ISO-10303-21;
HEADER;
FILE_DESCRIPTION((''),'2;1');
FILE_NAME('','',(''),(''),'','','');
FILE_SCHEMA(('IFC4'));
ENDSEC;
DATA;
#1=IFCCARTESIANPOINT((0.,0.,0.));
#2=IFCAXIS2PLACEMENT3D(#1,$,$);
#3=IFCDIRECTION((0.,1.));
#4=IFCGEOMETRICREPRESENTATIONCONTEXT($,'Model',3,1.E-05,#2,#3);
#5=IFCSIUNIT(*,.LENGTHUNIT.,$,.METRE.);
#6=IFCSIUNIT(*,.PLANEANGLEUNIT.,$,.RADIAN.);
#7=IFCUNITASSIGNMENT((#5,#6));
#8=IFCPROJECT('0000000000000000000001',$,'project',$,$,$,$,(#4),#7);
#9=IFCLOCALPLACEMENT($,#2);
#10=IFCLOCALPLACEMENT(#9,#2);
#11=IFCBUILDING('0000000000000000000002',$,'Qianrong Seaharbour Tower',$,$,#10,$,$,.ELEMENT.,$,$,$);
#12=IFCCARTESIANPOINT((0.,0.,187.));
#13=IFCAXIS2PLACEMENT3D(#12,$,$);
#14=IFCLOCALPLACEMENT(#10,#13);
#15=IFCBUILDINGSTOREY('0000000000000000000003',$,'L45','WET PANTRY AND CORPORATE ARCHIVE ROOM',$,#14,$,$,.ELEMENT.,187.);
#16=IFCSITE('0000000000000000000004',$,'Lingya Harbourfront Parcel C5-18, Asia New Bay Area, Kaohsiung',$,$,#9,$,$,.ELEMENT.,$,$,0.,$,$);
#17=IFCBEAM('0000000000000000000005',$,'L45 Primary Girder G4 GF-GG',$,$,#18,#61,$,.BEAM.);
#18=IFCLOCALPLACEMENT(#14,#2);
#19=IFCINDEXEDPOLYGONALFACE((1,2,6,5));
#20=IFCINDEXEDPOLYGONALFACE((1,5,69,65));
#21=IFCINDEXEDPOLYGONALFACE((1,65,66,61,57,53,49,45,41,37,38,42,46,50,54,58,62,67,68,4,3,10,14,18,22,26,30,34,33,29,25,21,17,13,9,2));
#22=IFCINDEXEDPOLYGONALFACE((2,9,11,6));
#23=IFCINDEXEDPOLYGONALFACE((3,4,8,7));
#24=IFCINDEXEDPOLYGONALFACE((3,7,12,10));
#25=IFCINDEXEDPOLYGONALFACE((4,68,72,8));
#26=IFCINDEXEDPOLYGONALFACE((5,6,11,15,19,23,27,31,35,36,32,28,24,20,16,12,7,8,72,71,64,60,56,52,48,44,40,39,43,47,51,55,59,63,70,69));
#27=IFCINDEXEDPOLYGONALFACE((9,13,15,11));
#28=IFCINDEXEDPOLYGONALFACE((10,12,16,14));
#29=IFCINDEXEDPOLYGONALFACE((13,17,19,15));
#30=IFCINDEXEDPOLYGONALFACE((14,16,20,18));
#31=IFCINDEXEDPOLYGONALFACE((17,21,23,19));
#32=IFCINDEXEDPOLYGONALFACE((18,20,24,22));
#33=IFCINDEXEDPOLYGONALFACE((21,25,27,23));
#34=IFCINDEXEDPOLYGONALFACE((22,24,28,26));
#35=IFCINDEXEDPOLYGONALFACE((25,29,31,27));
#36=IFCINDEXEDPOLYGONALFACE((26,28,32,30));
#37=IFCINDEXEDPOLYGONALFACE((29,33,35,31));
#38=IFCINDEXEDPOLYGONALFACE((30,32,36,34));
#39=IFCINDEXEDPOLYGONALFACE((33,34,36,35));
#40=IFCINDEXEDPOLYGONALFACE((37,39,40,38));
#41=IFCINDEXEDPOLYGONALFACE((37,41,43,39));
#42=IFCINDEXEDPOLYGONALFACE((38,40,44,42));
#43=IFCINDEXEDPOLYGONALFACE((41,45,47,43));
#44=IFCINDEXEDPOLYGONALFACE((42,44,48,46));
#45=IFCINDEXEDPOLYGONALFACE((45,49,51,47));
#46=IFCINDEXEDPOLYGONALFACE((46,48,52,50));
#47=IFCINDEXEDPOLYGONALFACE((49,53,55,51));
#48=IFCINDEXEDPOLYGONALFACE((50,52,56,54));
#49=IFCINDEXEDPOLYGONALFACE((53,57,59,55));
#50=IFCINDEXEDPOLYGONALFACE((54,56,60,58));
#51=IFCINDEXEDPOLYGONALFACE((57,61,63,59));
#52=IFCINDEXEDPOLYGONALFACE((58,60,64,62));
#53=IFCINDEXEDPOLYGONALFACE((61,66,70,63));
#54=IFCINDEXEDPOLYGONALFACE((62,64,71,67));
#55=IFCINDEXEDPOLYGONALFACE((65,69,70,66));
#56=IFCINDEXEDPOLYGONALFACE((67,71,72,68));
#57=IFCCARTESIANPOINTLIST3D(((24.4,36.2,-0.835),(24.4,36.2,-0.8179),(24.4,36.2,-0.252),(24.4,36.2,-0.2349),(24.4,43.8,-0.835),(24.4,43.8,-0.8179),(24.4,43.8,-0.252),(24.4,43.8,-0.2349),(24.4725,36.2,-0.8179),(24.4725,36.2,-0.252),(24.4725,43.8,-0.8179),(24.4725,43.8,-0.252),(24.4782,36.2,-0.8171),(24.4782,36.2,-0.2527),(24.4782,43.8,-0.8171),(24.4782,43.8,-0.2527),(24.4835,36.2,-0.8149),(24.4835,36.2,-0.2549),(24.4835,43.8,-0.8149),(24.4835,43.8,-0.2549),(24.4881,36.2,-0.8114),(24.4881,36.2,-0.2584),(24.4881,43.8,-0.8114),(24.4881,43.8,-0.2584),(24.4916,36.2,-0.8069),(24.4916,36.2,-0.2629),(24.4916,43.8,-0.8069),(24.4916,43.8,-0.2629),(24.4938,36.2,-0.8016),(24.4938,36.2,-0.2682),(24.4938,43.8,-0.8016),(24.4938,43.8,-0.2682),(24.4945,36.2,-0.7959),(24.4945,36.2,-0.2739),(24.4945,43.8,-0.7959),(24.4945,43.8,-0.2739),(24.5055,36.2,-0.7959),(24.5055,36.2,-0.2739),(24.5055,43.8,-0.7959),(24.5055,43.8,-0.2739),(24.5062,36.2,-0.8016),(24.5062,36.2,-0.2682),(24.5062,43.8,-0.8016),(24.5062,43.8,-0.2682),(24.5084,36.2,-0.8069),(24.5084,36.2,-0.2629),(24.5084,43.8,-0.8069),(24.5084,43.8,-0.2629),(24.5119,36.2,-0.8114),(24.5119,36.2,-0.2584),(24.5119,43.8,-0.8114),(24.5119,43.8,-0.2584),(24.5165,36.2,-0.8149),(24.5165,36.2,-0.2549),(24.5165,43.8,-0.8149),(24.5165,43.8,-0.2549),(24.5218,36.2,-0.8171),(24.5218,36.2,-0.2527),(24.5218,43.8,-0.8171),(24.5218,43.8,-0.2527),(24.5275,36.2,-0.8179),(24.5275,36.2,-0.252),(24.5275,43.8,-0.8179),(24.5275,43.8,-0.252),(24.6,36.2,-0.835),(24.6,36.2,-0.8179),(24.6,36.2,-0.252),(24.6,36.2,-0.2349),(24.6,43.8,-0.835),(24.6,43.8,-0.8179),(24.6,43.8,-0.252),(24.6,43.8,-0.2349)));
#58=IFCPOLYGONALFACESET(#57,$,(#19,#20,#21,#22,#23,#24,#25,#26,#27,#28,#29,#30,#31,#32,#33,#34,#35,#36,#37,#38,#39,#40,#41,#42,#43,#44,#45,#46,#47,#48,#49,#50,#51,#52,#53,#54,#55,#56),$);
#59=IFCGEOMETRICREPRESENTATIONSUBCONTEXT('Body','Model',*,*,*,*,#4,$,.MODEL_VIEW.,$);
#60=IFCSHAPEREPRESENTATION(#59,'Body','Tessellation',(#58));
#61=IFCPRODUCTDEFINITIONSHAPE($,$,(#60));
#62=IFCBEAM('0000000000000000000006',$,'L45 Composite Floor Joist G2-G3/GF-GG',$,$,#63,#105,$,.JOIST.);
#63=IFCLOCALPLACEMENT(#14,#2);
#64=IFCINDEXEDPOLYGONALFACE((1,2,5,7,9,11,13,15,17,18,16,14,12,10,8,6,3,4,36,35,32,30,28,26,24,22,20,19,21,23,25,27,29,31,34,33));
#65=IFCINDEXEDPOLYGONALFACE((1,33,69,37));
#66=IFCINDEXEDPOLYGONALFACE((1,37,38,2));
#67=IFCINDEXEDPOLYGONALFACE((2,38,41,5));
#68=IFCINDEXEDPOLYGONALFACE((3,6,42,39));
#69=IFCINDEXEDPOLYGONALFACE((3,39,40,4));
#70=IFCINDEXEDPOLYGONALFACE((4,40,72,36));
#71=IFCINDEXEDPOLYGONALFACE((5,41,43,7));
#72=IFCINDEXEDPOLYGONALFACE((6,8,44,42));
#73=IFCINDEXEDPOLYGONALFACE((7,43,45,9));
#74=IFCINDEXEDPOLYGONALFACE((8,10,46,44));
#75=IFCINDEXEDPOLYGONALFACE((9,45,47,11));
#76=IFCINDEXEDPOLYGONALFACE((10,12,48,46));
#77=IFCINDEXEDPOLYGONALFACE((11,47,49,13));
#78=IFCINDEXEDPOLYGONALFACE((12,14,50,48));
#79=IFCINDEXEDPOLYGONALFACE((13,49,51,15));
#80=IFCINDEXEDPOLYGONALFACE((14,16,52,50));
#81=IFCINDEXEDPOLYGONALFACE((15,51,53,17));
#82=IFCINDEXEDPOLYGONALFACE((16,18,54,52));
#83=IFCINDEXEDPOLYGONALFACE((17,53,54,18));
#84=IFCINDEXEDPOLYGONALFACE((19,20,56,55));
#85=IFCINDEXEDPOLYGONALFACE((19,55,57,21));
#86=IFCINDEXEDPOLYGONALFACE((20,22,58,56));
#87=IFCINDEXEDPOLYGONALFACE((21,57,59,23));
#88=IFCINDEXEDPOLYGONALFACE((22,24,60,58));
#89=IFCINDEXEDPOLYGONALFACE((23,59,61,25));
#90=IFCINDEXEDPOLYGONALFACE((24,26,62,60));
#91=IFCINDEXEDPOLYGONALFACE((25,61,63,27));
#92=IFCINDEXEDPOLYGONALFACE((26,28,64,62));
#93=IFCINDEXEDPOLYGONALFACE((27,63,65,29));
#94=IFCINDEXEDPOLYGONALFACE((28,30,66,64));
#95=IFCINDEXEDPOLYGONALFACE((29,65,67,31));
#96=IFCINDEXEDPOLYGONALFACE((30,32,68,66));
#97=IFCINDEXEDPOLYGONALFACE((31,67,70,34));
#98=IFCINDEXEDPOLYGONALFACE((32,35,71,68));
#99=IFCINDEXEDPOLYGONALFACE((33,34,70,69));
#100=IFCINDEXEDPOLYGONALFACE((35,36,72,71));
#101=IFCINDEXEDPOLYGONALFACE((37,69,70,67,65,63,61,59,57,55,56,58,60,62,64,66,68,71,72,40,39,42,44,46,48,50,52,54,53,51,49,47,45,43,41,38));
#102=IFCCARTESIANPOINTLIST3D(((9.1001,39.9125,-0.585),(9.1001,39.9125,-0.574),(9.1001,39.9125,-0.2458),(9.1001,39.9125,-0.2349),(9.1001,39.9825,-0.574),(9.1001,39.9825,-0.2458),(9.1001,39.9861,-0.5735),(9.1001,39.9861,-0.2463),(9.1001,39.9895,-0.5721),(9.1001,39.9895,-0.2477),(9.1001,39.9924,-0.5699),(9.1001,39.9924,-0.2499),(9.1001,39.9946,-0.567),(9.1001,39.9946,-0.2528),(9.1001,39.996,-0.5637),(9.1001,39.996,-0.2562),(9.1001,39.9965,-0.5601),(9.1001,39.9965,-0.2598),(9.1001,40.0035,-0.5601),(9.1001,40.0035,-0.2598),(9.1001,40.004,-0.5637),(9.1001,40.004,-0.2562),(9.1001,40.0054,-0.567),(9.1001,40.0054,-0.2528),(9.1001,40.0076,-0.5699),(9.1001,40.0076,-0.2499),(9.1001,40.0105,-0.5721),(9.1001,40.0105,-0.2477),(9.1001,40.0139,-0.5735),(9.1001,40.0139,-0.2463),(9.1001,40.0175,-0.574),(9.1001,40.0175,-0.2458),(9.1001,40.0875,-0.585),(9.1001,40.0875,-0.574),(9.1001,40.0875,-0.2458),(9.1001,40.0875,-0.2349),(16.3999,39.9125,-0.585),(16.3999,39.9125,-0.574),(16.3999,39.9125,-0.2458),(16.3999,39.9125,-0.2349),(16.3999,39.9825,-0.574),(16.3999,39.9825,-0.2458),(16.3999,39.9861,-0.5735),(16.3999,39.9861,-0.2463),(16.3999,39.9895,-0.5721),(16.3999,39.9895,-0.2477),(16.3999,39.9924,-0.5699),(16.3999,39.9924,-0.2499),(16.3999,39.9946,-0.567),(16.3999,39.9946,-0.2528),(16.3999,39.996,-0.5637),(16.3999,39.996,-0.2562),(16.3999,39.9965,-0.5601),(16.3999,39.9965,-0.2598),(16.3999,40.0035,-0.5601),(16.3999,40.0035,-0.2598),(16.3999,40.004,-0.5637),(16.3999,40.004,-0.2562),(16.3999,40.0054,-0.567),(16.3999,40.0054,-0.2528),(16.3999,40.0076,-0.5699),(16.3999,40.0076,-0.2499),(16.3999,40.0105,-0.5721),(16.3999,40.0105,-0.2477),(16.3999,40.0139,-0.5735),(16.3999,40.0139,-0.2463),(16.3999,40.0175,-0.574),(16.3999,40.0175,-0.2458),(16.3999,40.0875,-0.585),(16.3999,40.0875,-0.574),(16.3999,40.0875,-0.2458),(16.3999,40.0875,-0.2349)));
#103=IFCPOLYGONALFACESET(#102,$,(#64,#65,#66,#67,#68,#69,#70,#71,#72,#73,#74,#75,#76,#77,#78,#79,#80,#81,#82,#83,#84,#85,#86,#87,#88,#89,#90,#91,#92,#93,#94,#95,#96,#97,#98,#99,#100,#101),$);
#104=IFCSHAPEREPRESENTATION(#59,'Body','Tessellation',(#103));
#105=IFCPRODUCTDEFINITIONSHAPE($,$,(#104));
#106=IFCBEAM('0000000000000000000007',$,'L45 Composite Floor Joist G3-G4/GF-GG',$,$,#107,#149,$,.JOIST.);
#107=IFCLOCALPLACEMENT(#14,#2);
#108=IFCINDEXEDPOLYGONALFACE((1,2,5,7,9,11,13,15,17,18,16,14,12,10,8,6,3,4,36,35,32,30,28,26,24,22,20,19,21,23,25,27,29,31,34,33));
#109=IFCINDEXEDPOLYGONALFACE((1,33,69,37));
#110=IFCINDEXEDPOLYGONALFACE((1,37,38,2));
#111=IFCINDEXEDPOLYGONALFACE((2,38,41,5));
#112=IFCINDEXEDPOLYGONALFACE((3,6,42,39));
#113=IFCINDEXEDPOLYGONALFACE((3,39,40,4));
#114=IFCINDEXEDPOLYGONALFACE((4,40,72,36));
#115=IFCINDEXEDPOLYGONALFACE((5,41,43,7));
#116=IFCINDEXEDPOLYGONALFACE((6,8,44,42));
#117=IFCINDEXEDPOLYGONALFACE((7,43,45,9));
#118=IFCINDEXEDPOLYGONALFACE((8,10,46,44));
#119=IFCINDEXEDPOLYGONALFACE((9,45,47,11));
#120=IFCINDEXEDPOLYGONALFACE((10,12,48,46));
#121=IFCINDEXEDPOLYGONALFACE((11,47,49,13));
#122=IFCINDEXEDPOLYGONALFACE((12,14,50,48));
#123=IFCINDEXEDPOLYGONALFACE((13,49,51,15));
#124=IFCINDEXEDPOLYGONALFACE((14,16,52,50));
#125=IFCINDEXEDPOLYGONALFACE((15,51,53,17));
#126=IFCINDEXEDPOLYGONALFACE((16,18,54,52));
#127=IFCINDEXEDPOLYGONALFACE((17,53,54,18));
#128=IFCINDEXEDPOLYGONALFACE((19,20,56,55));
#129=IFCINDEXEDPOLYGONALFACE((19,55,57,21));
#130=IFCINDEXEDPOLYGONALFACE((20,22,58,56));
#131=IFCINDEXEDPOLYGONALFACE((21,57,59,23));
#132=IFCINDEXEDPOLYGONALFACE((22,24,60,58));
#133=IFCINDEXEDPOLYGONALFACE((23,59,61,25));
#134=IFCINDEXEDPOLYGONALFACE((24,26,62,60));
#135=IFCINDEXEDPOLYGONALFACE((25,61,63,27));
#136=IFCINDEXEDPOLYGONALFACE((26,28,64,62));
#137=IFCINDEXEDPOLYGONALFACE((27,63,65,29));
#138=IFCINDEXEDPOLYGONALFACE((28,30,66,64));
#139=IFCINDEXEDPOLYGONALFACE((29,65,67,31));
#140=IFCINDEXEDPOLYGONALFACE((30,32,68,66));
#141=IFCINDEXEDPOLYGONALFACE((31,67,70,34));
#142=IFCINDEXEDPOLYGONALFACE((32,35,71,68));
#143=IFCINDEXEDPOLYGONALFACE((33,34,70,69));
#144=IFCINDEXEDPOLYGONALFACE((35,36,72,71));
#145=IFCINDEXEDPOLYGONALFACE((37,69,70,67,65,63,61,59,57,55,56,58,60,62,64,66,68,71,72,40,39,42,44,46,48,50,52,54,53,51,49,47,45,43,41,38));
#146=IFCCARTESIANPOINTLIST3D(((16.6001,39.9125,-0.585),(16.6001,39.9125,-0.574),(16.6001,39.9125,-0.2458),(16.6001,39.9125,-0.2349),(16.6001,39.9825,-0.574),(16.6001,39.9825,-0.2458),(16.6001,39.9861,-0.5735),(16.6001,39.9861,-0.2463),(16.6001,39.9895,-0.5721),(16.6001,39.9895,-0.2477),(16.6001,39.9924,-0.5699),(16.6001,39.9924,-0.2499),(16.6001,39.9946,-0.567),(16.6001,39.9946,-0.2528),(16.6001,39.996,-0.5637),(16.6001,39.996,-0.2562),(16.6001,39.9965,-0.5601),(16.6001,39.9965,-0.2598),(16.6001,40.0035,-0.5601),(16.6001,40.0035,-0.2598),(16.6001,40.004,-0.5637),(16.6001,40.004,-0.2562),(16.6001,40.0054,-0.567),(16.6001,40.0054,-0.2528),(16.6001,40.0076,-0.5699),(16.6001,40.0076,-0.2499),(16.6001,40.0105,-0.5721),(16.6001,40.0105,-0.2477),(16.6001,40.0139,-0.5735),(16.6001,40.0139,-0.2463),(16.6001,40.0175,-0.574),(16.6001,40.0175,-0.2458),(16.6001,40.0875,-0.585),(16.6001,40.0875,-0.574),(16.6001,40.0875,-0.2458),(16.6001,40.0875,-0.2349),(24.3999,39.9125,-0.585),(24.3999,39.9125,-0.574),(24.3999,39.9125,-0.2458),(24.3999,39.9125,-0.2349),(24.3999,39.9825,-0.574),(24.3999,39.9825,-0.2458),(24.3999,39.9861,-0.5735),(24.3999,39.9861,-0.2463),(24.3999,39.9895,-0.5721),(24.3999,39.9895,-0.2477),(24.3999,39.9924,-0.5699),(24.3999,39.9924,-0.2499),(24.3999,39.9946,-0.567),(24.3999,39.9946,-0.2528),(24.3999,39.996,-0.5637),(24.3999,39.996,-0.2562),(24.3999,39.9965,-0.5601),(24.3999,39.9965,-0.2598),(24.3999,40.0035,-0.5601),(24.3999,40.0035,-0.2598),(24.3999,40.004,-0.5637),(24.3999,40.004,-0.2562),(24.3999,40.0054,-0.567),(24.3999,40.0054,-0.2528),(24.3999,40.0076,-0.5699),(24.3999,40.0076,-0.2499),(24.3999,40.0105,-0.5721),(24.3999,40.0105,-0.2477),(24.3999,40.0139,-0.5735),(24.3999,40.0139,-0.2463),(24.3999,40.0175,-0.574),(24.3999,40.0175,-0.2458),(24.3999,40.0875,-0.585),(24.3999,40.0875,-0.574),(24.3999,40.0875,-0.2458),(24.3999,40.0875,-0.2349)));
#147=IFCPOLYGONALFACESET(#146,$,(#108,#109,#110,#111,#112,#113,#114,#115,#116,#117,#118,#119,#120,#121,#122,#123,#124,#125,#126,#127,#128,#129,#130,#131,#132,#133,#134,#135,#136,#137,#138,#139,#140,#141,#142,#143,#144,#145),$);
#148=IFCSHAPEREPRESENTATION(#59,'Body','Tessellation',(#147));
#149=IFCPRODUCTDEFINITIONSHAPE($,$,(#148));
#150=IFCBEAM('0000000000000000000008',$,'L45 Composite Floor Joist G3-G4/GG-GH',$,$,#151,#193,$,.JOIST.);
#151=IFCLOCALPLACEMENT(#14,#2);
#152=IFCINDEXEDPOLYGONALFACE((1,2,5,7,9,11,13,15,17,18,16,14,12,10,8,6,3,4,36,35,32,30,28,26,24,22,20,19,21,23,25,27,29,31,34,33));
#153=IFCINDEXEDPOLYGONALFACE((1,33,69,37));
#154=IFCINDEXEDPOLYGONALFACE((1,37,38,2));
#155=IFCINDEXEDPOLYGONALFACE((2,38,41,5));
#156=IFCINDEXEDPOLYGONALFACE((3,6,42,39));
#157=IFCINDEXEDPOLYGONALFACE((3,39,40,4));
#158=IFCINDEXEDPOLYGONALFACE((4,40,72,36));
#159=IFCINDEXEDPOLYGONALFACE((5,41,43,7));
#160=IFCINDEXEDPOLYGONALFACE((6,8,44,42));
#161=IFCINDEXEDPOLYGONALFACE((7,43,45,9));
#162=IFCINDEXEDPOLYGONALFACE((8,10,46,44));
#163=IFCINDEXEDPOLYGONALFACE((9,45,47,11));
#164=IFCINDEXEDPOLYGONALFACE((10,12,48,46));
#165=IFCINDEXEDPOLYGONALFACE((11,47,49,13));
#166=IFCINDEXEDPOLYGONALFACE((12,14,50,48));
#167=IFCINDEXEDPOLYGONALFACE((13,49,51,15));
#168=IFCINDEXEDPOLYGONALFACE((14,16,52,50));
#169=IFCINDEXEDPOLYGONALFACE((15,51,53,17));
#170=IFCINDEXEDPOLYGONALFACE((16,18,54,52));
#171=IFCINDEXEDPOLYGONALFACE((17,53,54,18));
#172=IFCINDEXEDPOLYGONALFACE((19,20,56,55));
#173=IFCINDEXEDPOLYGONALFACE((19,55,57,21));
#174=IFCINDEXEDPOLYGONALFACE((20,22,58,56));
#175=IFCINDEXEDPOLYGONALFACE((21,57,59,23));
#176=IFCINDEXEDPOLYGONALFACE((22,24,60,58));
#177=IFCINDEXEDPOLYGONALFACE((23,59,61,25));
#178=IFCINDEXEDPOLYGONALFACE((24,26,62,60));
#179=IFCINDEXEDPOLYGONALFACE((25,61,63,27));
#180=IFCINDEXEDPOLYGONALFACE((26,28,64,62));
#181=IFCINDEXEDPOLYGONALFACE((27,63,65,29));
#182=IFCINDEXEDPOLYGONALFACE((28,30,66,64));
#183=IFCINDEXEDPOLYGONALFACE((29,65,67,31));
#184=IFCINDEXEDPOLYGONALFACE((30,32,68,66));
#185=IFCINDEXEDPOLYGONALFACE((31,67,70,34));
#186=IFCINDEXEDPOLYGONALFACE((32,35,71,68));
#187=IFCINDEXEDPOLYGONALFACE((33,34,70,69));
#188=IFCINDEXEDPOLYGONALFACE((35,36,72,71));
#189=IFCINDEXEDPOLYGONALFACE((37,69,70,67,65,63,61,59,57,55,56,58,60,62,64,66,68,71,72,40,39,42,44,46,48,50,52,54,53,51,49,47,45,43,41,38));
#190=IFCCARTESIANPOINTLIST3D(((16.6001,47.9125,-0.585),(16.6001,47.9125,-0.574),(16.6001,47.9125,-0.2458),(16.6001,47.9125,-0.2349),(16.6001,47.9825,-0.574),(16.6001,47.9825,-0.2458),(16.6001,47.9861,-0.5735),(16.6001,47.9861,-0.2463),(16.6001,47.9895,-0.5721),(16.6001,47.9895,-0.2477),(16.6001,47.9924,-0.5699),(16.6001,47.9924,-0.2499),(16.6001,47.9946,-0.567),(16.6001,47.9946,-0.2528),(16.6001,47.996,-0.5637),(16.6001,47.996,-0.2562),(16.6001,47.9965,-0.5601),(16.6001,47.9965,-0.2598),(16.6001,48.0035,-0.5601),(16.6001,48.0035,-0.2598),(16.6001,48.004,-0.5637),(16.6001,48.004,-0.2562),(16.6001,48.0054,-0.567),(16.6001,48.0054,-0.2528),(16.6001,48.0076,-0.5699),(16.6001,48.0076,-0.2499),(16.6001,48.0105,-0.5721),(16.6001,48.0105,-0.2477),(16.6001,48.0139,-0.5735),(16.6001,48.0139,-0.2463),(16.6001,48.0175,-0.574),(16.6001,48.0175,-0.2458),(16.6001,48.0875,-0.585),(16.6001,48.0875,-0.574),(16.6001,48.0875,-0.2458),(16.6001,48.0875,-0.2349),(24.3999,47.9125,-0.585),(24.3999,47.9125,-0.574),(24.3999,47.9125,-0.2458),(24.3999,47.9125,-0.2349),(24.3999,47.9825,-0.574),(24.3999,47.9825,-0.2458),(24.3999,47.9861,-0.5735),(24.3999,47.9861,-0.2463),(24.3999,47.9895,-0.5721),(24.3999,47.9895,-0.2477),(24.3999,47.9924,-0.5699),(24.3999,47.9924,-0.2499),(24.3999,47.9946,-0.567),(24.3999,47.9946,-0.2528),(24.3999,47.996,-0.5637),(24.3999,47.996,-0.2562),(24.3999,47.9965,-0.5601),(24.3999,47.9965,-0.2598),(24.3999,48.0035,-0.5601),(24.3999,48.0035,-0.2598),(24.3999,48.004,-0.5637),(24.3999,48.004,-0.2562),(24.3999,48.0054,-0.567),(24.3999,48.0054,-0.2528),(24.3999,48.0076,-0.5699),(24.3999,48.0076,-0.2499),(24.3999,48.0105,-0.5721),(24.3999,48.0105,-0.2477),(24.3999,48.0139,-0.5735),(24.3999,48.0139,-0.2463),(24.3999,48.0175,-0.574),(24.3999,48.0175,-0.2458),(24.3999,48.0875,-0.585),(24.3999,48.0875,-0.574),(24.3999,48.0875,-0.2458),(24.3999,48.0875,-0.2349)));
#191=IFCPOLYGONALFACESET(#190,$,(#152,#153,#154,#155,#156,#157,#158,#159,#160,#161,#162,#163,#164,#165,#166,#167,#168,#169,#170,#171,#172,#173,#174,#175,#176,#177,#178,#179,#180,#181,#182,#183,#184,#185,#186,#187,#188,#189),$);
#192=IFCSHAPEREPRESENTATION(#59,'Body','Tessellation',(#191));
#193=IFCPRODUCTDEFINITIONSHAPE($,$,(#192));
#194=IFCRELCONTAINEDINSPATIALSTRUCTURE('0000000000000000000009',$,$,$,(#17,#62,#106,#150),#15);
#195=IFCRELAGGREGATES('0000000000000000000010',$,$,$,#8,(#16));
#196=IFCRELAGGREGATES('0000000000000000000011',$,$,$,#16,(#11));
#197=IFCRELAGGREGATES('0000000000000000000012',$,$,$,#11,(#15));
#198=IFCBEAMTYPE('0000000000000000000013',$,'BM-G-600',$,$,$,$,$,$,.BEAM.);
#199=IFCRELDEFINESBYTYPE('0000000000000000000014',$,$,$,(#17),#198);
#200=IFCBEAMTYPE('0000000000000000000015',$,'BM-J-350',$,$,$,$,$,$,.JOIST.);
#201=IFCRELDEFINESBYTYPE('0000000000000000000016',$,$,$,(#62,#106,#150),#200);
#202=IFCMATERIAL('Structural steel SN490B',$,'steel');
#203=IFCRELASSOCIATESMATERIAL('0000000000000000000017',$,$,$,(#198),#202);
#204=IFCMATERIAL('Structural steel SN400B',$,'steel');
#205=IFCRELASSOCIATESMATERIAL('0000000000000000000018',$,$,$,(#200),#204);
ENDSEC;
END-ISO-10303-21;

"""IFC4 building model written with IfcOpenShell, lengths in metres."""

from ifc_helpers import new_model, si_unit, direction, frame, origin, origin_2d, place, context, subcontext, project, spatial, i_section, extrude, material, material_profile, profile_set, type_object, element, save


model = new_model("IFC4")

# Units and contexts
model_context = context("Model", 3, precision=1e-05, world=origin(), true_north=direction((0.0, 1.0)))
body_context = subcontext(model_context, "Body", "Model", "MODEL_VIEW")
ifc_project = project(units=[si_unit("LENGTHUNIT", "METRE"), si_unit("PLANEANGLEUNIT", "RADIAN")], contexts=[model_context])

# Site, building, storey
site_placement = place(None, origin())
site = spatial("IfcSite", under=ifc_project, at=site_placement, Name="Lingya Harbourfront Parcel C5-18, Asia New Bay Area, Kaohsiung", CompositionType="ELEMENT", RefElevation=0.0)
building_placement = place(site_placement, origin())
building = spatial("IfcBuilding", under=site, at=building_placement, Name="Qianrong Seaharbour Tower", CompositionType="ELEMENT")
storey_placement = place(building_placement, frame((0.0, 0.0, 187.0)))
storey = spatial("IfcBuildingStorey", under=building, at=storey_placement, Name="L45", Description="WET PANTRY AND CORPORATE ARCHIVE ROOM", CompositionType="ELEMENT", Elevation=187.0)

# Shared definitions
ifc_material_1 = material(Name="Structural steel SN490B", Category="steel")

# Beams
ifc_material_profile_1 = material_profile(ifc_material_1, i_section(OverallWidth=0.2, OverallDepth=0.6001, WebThickness=0.011, FlangeThickness=0.0171, FilletRadius=0.022, at=origin_2d()), Name="H600x200x11x17")
ifc_profile_set_1 = profile_set([ifc_material_profile_1], Name="Structural steel SN490B")
beam_type_1 = type_object("IfcBeamType", Name="BM-G-600", PredefinedType="BEAM", material=ifc_profile_set_1)
beam_1_placement = place(storey_placement, frame((24.5, 36.2, -0.5349), z_axis=(0.0, 1.0, 0.0), x_axis=(-1.0, 0.0, 0.0)))
element("IfcBeam", 1, at=beam_1_placement, inside=storey, type_object=beam_type_1, Name="L45 Primary Girder G4 GF-GG", PredefinedType="BEAM", context=body_context, shape_type="SweptSolid", body=[
    extrude(i_section(OverallWidth=0.2, OverallDepth=0.6001, WebThickness=0.011, FlangeThickness=0.0171, FilletRadius=0.022, at=origin_2d()), origin(), (0.0, 0.0, 1.0), 7.6001),
])
ifc_material_2 = material(Name="Structural steel SN400B", Category="steel")
ifc_material_profile_2 = material_profile(ifc_material_2, i_section(OverallWidth=0.175, OverallDepth=0.3501, WebThickness=0.0071, FlangeThickness=0.011, FilletRadius=0.0139, at=origin_2d()), Name="H350x175x7x11")
ifc_profile_set_2 = profile_set([ifc_material_profile_2], Name="Structural steel SN400B")
beam_type_2 = type_object("IfcBeamType", Name="BM-J-350", PredefinedType="JOIST", material=ifc_profile_set_2)
beam_2_placement = place(storey_placement, frame((9.1001, 40.0, -0.4099), z_axis=(1.0, 0.0, 0.0), x_axis=(0.0, 1.0, 0.0)))
element("IfcBeam", 2, at=beam_2_placement, inside=storey, type_object=beam_type_2, Name="L45 Composite Floor Joist G2-G3/GF-GG", PredefinedType="JOIST", context=body_context, shape_type="SweptSolid", body=[
    extrude(i_section(OverallWidth=0.175, OverallDepth=0.3501, WebThickness=0.0071, FlangeThickness=0.011, FilletRadius=0.0139, at=origin_2d()), origin(), (0.0, 0.0, 1.0), 7.2998),
])
for number, where, z_axis, x_axis, name in (
    (3, (16.6001, 40.0, -0.4099), (1.0, 0.0, 0.0), (0.0, 1.0, 0.0), "L45 Composite Floor Joist G3-G4/GF-GG"),
    (4, (16.6001, 48.0, -0.4099), (1.0, 0.0, 0.0), (0.0, 1.0, 0.0), "L45 Composite Floor Joist G3-G4/GG-GH"),
):
    element("IfcBeam", number, at=place(storey_placement, frame(where, z_axis=z_axis, x_axis=x_axis)), inside=storey, type_object=beam_type_2, Name=name, PredefinedType="JOIST", context=body_context, shape_type="SweptSolid", body=[
        extrude(i_section(OverallWidth=0.175, OverallDepth=0.3501, WebThickness=0.0071, FlangeThickness=0.011, FilletRadius=0.0139, at=origin_2d()), origin(), (0.0, 0.0, 1.0), 7.7998),
    ])

save(model, "model.ifc")
